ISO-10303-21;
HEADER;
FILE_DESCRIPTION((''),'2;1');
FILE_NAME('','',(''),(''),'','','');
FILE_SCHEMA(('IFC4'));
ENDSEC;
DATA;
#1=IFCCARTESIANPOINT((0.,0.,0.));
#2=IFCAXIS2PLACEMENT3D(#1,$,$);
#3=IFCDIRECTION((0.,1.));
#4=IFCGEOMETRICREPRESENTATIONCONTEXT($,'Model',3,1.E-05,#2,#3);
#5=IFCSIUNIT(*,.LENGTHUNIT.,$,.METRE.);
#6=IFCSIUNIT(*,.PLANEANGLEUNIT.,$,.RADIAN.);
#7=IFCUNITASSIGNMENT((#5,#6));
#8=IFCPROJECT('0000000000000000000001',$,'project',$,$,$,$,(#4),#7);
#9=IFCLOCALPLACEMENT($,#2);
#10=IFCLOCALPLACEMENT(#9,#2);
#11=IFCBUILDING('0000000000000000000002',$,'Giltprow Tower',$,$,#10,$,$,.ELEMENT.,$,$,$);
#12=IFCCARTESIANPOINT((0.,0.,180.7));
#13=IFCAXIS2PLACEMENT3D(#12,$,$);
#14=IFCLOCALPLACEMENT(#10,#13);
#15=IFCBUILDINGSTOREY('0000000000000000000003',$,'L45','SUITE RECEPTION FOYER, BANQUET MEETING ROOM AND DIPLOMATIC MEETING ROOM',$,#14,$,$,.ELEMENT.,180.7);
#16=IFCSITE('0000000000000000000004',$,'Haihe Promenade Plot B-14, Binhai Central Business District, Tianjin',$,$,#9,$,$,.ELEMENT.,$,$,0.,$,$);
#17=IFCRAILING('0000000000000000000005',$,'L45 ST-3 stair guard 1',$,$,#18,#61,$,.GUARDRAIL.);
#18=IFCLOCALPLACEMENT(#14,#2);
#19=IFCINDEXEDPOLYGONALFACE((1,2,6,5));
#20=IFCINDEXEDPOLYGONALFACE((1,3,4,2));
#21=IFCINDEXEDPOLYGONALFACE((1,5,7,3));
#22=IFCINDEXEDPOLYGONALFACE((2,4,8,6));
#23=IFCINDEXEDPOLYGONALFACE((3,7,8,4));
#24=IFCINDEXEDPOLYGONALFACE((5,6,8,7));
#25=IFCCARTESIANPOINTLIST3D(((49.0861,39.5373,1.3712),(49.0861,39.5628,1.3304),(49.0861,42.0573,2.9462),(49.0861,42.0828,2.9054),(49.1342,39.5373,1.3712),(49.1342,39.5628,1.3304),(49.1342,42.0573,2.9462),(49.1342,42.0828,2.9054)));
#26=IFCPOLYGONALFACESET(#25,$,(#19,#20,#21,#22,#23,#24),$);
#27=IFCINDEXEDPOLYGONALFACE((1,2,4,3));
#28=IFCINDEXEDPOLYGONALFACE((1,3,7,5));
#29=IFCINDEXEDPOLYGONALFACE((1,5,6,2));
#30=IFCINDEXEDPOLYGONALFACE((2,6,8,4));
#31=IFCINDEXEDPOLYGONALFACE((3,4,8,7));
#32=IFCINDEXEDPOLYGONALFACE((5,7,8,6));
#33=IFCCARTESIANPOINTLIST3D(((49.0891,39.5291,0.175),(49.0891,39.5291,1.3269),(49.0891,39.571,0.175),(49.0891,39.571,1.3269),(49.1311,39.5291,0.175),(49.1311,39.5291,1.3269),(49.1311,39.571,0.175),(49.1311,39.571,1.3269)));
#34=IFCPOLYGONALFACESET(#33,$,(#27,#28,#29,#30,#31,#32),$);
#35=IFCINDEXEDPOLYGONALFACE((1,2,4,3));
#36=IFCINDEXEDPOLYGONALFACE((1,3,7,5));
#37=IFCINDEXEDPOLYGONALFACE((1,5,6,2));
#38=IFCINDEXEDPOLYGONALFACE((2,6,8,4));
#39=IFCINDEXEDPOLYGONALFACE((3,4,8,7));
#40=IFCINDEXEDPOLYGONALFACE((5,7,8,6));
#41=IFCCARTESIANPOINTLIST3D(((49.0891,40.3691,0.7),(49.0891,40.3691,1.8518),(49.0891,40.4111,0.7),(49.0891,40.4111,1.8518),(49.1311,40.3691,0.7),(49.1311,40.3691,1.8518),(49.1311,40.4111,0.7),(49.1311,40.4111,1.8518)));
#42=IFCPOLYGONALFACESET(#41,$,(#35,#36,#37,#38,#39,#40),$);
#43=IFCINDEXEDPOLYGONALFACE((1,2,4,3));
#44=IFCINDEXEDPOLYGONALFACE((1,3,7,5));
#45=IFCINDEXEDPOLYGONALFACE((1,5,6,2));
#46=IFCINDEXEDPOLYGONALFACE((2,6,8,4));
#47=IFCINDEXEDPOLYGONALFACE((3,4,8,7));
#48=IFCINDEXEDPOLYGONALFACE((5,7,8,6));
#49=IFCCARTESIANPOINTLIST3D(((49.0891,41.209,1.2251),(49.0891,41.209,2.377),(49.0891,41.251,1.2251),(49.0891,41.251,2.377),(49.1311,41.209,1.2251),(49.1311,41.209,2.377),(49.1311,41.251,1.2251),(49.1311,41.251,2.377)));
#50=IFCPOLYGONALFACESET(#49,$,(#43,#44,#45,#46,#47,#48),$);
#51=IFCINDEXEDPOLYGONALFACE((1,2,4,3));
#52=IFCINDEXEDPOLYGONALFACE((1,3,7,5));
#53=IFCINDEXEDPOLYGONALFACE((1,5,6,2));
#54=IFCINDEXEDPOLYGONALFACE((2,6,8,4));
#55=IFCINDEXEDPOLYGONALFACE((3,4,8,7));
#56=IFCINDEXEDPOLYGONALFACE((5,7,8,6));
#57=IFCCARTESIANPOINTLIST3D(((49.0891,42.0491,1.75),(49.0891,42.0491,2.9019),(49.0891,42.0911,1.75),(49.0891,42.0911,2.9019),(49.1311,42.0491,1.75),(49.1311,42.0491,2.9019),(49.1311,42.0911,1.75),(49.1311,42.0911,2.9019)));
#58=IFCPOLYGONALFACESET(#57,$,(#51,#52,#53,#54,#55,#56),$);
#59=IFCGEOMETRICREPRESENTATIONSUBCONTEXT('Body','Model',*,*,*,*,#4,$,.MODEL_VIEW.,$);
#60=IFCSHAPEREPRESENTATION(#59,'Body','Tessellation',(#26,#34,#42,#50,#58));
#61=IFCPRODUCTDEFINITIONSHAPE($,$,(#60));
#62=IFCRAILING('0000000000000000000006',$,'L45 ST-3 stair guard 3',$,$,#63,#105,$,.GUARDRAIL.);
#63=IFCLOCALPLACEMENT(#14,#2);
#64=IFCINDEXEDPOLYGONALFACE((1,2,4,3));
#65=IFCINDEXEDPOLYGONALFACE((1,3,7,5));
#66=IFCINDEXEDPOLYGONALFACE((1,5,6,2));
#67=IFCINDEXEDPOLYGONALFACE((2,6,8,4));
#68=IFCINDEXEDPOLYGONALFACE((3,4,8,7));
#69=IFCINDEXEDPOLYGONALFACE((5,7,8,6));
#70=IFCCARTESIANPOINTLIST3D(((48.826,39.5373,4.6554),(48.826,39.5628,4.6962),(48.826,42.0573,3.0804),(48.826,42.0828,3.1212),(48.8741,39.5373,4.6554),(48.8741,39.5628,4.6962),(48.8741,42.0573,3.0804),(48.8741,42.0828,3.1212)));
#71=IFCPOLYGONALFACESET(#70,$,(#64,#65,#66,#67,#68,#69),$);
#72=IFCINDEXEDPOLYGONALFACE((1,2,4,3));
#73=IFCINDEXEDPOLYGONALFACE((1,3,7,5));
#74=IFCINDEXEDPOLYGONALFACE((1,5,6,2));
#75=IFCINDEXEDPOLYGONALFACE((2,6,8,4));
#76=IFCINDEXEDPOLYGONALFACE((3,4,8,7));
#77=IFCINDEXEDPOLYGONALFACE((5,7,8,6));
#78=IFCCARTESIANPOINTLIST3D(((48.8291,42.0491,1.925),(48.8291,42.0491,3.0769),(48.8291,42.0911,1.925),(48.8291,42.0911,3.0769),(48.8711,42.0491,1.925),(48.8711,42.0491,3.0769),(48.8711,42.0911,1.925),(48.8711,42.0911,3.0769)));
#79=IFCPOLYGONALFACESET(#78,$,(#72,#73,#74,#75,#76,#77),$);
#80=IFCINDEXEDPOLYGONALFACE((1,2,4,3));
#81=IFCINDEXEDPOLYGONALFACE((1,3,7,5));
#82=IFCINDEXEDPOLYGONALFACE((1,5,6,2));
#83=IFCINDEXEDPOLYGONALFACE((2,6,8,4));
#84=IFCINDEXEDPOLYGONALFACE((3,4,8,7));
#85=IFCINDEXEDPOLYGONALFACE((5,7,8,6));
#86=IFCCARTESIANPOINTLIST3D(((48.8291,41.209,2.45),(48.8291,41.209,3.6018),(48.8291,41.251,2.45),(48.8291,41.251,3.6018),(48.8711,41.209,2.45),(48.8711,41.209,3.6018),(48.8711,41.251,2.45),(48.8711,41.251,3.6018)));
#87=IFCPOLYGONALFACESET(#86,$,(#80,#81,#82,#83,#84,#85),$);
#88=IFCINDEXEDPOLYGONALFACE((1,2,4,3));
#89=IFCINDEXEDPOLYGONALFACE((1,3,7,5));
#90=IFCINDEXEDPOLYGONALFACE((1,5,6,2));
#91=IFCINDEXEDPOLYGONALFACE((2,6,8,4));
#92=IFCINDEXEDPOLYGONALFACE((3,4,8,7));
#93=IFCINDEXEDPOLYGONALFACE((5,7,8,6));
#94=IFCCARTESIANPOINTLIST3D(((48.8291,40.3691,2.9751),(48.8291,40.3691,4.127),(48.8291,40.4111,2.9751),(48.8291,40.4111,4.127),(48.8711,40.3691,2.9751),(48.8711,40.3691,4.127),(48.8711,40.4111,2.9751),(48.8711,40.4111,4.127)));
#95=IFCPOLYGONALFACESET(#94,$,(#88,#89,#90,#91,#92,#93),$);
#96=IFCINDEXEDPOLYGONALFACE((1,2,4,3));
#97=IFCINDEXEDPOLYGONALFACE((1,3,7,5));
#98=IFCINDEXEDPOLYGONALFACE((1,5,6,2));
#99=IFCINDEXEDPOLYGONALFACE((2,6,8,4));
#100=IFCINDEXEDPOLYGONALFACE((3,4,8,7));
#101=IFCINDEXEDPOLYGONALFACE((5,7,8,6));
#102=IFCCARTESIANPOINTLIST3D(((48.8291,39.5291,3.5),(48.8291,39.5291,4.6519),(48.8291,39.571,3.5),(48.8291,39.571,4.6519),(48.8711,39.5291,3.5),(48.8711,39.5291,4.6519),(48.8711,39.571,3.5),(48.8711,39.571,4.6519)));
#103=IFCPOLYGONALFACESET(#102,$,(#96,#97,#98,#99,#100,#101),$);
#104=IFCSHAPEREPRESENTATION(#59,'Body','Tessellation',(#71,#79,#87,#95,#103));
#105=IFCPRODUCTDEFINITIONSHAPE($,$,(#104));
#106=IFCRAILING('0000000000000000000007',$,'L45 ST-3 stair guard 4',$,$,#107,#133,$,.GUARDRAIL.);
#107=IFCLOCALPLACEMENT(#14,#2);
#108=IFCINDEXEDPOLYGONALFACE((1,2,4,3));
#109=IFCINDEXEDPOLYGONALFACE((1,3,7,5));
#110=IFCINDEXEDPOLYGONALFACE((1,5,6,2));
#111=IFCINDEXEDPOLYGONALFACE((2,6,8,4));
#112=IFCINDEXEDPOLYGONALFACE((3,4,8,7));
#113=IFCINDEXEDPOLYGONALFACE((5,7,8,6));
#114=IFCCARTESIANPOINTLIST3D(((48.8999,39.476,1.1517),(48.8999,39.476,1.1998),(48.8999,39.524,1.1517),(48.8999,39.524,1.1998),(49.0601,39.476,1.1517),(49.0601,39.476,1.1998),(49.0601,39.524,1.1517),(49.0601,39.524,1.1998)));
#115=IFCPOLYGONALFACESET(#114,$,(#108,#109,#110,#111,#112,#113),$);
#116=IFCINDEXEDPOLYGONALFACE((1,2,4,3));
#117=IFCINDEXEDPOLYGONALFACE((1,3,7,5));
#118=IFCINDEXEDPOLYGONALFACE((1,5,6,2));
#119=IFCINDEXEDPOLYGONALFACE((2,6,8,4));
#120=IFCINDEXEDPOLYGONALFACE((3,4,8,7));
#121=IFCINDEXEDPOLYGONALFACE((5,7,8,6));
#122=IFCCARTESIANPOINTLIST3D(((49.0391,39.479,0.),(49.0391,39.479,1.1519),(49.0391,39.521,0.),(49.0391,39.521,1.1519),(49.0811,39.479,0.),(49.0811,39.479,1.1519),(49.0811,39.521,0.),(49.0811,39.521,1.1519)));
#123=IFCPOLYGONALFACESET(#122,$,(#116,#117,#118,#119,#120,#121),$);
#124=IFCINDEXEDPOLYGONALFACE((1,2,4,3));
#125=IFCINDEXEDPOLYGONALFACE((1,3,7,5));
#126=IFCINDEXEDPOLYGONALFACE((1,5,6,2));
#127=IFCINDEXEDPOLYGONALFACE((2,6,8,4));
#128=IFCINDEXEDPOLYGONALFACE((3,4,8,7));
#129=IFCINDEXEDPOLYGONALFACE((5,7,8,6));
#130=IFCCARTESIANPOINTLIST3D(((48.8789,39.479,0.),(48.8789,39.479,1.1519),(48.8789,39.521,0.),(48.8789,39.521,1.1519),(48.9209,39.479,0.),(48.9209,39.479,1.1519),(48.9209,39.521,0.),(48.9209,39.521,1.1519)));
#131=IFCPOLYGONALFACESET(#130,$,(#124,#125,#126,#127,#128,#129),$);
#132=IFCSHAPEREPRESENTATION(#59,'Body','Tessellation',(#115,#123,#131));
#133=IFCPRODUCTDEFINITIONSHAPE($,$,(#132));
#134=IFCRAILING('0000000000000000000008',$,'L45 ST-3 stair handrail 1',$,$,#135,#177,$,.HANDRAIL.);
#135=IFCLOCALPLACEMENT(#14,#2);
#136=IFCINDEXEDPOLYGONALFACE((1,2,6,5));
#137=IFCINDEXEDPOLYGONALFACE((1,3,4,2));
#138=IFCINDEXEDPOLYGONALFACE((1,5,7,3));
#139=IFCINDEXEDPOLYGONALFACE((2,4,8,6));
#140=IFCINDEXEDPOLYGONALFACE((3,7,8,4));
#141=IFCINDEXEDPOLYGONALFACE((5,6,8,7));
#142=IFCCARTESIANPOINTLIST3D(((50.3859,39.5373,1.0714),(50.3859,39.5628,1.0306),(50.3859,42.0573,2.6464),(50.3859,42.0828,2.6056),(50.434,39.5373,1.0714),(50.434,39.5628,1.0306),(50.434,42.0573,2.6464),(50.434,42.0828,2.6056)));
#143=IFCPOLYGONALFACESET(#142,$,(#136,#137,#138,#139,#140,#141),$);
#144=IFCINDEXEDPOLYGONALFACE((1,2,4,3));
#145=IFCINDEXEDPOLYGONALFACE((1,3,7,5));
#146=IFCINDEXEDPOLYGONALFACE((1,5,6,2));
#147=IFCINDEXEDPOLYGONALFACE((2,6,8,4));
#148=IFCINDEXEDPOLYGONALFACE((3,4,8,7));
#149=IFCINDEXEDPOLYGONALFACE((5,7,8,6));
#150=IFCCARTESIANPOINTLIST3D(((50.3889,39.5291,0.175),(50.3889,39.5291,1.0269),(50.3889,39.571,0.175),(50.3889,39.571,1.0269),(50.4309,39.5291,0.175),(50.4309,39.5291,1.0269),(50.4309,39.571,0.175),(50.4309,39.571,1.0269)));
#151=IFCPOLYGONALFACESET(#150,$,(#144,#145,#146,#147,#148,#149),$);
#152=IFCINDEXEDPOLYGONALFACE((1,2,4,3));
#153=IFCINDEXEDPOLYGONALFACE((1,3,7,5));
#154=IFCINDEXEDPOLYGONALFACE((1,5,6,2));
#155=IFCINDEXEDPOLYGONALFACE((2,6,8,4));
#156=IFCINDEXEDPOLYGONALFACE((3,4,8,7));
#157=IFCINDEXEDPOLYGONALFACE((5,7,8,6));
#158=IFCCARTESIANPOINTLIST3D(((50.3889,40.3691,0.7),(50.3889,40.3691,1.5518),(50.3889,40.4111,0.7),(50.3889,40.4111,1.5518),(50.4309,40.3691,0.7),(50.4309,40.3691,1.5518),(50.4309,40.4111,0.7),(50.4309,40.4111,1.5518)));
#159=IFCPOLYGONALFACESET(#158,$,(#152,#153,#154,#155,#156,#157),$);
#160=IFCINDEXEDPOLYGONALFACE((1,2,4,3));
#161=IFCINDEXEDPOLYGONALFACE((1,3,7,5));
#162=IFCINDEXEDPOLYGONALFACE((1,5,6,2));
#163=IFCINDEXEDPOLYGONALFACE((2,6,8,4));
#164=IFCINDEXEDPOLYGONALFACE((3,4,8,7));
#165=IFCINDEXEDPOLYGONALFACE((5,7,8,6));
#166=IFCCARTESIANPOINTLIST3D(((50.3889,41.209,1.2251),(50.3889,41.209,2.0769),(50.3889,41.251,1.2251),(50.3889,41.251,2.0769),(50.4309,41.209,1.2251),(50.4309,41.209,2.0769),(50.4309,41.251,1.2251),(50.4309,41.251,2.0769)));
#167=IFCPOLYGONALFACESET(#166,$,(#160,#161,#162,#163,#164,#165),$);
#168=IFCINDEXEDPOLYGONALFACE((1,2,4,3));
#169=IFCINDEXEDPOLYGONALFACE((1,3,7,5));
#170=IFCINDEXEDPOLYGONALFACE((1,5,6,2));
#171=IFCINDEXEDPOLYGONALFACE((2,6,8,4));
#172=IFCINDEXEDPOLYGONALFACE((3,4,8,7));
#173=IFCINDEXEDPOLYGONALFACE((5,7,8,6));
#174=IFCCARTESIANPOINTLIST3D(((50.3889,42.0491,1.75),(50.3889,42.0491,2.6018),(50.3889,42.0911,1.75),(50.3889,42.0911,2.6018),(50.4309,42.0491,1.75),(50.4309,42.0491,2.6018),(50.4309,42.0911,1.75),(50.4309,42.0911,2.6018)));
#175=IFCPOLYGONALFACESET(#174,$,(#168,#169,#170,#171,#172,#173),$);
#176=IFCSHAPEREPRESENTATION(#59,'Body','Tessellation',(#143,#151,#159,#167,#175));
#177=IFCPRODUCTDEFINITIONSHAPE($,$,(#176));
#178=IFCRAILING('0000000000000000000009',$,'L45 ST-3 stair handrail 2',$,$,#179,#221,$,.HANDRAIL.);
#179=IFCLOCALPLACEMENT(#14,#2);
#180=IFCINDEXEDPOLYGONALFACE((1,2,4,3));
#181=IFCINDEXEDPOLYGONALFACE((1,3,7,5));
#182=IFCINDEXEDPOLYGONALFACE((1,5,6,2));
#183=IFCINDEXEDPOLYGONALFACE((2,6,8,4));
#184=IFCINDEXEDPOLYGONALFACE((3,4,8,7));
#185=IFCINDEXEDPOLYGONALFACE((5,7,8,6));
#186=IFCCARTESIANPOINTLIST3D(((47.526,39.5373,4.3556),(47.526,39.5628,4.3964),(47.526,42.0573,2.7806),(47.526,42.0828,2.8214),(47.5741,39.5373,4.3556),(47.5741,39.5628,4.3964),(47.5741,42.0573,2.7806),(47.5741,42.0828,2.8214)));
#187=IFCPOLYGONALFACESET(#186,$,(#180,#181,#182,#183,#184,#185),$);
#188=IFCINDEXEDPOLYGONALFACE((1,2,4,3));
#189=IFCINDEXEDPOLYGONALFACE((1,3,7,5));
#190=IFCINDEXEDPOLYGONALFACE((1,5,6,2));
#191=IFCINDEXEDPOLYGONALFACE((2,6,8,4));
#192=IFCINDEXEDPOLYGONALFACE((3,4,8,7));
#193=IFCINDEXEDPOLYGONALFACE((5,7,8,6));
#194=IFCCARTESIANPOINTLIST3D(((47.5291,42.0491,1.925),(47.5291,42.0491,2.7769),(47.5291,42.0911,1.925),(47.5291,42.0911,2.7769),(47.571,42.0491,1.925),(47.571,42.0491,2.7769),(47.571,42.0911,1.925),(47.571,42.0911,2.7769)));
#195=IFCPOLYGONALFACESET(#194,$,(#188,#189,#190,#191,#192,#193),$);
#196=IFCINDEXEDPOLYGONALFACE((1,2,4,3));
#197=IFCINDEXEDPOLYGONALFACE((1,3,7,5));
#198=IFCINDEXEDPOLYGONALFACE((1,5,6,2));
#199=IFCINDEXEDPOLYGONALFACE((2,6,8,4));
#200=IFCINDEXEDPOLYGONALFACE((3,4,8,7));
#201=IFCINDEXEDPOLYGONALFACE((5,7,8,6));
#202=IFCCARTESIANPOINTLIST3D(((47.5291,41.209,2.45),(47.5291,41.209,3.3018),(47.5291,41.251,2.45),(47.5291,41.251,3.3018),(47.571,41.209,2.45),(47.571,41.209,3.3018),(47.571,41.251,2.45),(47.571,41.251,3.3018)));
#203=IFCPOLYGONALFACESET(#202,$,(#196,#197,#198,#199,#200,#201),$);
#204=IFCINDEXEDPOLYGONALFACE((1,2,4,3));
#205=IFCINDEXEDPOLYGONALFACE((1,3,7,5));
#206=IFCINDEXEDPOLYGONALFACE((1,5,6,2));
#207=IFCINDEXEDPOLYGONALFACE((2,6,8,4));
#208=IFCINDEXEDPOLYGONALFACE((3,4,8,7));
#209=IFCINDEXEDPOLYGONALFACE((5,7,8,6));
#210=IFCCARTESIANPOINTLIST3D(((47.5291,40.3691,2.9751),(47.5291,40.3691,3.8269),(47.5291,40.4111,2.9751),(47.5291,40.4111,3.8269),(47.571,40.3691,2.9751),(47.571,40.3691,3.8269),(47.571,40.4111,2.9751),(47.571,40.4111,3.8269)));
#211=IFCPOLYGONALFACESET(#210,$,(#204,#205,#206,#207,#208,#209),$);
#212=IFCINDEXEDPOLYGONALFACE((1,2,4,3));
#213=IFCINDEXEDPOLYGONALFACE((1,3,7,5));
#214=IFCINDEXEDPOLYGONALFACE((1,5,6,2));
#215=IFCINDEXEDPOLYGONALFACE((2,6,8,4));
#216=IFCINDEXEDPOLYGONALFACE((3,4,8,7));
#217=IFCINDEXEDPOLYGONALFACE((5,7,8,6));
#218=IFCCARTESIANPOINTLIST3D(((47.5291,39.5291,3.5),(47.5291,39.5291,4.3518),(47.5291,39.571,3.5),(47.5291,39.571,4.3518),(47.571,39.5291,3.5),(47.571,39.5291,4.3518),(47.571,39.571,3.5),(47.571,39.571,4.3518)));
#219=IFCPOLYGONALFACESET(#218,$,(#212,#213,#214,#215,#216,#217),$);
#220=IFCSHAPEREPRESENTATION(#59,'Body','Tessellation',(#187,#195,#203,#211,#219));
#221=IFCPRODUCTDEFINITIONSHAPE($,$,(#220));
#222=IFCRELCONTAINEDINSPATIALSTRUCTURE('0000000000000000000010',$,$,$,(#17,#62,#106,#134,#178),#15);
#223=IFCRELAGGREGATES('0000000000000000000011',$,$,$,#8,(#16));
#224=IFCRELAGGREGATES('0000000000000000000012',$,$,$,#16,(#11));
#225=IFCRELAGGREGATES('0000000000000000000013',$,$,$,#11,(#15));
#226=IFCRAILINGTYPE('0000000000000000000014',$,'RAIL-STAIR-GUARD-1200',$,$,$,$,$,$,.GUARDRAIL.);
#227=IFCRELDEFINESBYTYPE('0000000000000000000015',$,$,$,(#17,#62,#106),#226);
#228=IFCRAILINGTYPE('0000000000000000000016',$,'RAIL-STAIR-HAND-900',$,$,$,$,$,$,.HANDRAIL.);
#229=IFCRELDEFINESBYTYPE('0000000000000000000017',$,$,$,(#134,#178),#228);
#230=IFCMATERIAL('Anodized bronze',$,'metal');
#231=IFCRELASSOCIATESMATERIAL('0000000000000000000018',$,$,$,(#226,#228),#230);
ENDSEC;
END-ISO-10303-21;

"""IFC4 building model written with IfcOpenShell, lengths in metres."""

from ifc_helpers import new_model, si_unit, direction, frame, origin, origin_2d, place, context, subcontext, project, spatial, rectangle, extrude, material, type_object, element, save


model = new_model("IFC4")

# Units and contexts
model_context = context("Model", 3, precision=1e-05, world=origin(), true_north=direction((0.0, 1.0)))
body_context = subcontext(model_context, "Body", "Model", "MODEL_VIEW")
ifc_project = project(units=[si_unit("LENGTHUNIT", "METRE"), si_unit("PLANEANGLEUNIT", "RADIAN")], contexts=[model_context])

# Site, building, storey
site_placement = place(None, origin())
site = spatial("IfcSite", under=ifc_project, at=site_placement, Name="Haihe Promenade Plot B-14, Binhai Central Business District, Tianjin", CompositionType="ELEMENT", RefElevation=0.0)
building_placement = place(site_placement, origin())
building = spatial("IfcBuilding", under=site, at=building_placement, Name="Giltprow Tower", CompositionType="ELEMENT")
storey_placement = place(building_placement, frame((0.0, 0.0, 180.7)))
storey = spatial("IfcBuildingStorey", under=building, at=storey_placement, Name="L45", Description="SUITE RECEPTION FOYER, BANQUET MEETING ROOM AND DIPLOMATIC MEETING ROOM", CompositionType="ELEMENT", Elevation=180.7)

# Railings
ifc_material_1 = material(Name="Anodized bronze", Category="metal")
railing_type_1 = type_object("IfcRailingType", Name="RAIL-STAIR-GUARD-1200", PredefinedType="GUARDRAIL", material=ifc_material_1)
railing_1_placement = place(storey_placement, frame((49.1101, 39.55, 0.175)))
element("IfcRailing", 1, at=railing_1_placement, inside=storey, type_object=railing_type_1, Name="L45 ST-3 stair guard 1", PredefinedType="GUARDRAIL", context=body_context, shape_type="SweptSolid", body=[
    extrude(rectangle(XDim=0.0481, YDim=0.0481, at=origin_2d()), frame((0.0, 0.0, 1.1758), z_axis=(0.0, 0.848008, 0.529984), x_axis=(-1.0, 0.0, 0.0)), (0.0, 0.0, 1.0), 2.9717),
    extrude(rectangle(XDim=0.042, YDim=0.042, at=origin_2d()), origin(), (0.0, 0.0, 1.0), 1.1519),
    extrude(rectangle(XDim=0.042, YDim=0.042, at=origin_2d()), frame((0.0, 0.8401, 0.5249)), (0.0, 0.0, 1.0), 1.1519),
    extrude(rectangle(XDim=0.042, YDim=0.042, at=origin_2d()), frame((0.0, 1.6799, 1.05)), (0.0, 0.0, 1.0), 1.1519),
    extrude(rectangle(XDim=0.042, YDim=0.042, at=origin_2d()), frame((0.0, 2.52, 1.575)), (0.0, 0.0, 1.0), 1.1519),
])
railing_2_placement = place(storey_placement, frame((48.8501, 42.0701, 1.925)))
element("IfcRailing", 2, at=railing_2_placement, inside=storey, type_object=railing_type_1, Name="L45 ST-3 stair guard 3", PredefinedType="GUARDRAIL", context=body_context, shape_type="SweptSolid", body=[
    extrude(rectangle(XDim=0.0481, YDim=0.0481, at=origin_2d()), frame((0.0, 0.0, 1.1758), z_axis=(0.0, -0.848008, 0.529984), x_axis=(1.0, 0.0, 0.0)), (0.0, 0.0, 1.0), 2.9717),
    extrude(rectangle(XDim=0.042, YDim=0.042, at=origin_2d()), origin(), (0.0, 0.0, 1.0), 1.1519),
    extrude(rectangle(XDim=0.042, YDim=0.042, at=origin_2d()), frame((0.0, -0.8401, 0.5249)), (0.0, 0.0, 1.0), 1.1519),
    extrude(rectangle(XDim=0.042, YDim=0.042, at=origin_2d()), frame((0.0, -1.6799, 1.05)), (0.0, 0.0, 1.0), 1.1519),
    extrude(rectangle(XDim=0.042, YDim=0.042, at=origin_2d()), frame((0.0, -2.52, 1.575)), (0.0, 0.0, 1.0), 1.1519),
])
railing_3_placement = place(storey_placement, frame((49.0601, 39.5, 0.0)))
element("IfcRailing", 3, at=railing_3_placement, inside=storey, type_object=railing_type_1, Name="L45 ST-3 stair guard 4", PredefinedType="GUARDRAIL", context=body_context, shape_type="SweptSolid", body=[
    extrude(rectangle(XDim=0.0481, YDim=0.0481, at=origin_2d()), frame((0.0, 0.0, 1.1758), z_axis=(-1.0, 0.0, 0.0), x_axis=(0.0, -1.0, 0.0)), (0.0, 0.0, 1.0), 0.1602),
    extrude(rectangle(XDim=0.042, YDim=0.042, at=origin_2d()), origin(), (0.0, 0.0, 1.0), 1.1519),
    extrude(rectangle(XDim=0.042, YDim=0.042, at=origin_2d()), frame((-0.1602, 0.0, 0.0)), (0.0, 0.0, 1.0), 1.1519),
])
railing_type_2 = type_object("IfcRailingType", Name="RAIL-STAIR-HAND-900", PredefinedType="HANDRAIL", material=ifc_material_1)
railing_4_placement = place(storey_placement, frame((50.4099, 39.55, 0.175)))
element("IfcRailing", 4, at=railing_4_placement, inside=storey, type_object=railing_type_2, Name="L45 ST-3 stair handrail 1", PredefinedType="HANDRAIL", context=body_context, shape_type="SweptSolid", body=[
    extrude(rectangle(XDim=0.0481, YDim=0.0481, at=origin_2d()), frame((0.0, 0.0, 0.876), z_axis=(0.0, 0.848008, 0.529984), x_axis=(-1.0, 0.0, 0.0)), (0.0, 0.0, 1.0), 2.9717),
    extrude(rectangle(XDim=0.042, YDim=0.042, at=origin_2d()), origin(), (0.0, 0.0, 1.0), 0.8518),
    extrude(rectangle(XDim=0.042, YDim=0.042, at=origin_2d()), frame((0.0, 0.8401, 0.5249)), (0.0, 0.0, 1.0), 0.8518),
    extrude(rectangle(XDim=0.042, YDim=0.042, at=origin_2d()), frame((0.0, 1.6799, 1.05)), (0.0, 0.0, 1.0), 0.8518),
    extrude(rectangle(XDim=0.042, YDim=0.042, at=origin_2d()), frame((0.0, 2.52, 1.575)), (0.0, 0.0, 1.0), 0.8518),
])
railing_5_placement = place(storey_placement, frame((47.55, 42.0701, 1.925)))
element("IfcRailing", 5, at=railing_5_placement, inside=storey, type_object=railing_type_2, Name="L45 ST-3 stair handrail 2", PredefinedType="HANDRAIL", context=body_context, shape_type="SweptSolid", body=[
    extrude(rectangle(XDim=0.0481, YDim=0.0481, at=origin_2d()), frame((0.0, 0.0, 0.876), z_axis=(0.0, -0.848008, 0.529984), x_axis=(1.0, 0.0, 0.0)), (0.0, 0.0, 1.0), 2.9717),
    extrude(rectangle(XDim=0.042, YDim=0.042, at=origin_2d()), origin(), (0.0, 0.0, 1.0), 0.8518),
    extrude(rectangle(XDim=0.042, YDim=0.042, at=origin_2d()), frame((0.0, -0.8401, 0.5249)), (0.0, 0.0, 1.0), 0.8518),
    extrude(rectangle(XDim=0.042, YDim=0.042, at=origin_2d()), frame((0.0, -1.6799, 1.05)), (0.0, 0.0, 1.0), 0.8518),
    extrude(rectangle(XDim=0.042, YDim=0.042, at=origin_2d()), frame((0.0, -2.52, 1.575)), (0.0, 0.0, 1.0), 0.8518),
])

save(model, "model.ifc")
